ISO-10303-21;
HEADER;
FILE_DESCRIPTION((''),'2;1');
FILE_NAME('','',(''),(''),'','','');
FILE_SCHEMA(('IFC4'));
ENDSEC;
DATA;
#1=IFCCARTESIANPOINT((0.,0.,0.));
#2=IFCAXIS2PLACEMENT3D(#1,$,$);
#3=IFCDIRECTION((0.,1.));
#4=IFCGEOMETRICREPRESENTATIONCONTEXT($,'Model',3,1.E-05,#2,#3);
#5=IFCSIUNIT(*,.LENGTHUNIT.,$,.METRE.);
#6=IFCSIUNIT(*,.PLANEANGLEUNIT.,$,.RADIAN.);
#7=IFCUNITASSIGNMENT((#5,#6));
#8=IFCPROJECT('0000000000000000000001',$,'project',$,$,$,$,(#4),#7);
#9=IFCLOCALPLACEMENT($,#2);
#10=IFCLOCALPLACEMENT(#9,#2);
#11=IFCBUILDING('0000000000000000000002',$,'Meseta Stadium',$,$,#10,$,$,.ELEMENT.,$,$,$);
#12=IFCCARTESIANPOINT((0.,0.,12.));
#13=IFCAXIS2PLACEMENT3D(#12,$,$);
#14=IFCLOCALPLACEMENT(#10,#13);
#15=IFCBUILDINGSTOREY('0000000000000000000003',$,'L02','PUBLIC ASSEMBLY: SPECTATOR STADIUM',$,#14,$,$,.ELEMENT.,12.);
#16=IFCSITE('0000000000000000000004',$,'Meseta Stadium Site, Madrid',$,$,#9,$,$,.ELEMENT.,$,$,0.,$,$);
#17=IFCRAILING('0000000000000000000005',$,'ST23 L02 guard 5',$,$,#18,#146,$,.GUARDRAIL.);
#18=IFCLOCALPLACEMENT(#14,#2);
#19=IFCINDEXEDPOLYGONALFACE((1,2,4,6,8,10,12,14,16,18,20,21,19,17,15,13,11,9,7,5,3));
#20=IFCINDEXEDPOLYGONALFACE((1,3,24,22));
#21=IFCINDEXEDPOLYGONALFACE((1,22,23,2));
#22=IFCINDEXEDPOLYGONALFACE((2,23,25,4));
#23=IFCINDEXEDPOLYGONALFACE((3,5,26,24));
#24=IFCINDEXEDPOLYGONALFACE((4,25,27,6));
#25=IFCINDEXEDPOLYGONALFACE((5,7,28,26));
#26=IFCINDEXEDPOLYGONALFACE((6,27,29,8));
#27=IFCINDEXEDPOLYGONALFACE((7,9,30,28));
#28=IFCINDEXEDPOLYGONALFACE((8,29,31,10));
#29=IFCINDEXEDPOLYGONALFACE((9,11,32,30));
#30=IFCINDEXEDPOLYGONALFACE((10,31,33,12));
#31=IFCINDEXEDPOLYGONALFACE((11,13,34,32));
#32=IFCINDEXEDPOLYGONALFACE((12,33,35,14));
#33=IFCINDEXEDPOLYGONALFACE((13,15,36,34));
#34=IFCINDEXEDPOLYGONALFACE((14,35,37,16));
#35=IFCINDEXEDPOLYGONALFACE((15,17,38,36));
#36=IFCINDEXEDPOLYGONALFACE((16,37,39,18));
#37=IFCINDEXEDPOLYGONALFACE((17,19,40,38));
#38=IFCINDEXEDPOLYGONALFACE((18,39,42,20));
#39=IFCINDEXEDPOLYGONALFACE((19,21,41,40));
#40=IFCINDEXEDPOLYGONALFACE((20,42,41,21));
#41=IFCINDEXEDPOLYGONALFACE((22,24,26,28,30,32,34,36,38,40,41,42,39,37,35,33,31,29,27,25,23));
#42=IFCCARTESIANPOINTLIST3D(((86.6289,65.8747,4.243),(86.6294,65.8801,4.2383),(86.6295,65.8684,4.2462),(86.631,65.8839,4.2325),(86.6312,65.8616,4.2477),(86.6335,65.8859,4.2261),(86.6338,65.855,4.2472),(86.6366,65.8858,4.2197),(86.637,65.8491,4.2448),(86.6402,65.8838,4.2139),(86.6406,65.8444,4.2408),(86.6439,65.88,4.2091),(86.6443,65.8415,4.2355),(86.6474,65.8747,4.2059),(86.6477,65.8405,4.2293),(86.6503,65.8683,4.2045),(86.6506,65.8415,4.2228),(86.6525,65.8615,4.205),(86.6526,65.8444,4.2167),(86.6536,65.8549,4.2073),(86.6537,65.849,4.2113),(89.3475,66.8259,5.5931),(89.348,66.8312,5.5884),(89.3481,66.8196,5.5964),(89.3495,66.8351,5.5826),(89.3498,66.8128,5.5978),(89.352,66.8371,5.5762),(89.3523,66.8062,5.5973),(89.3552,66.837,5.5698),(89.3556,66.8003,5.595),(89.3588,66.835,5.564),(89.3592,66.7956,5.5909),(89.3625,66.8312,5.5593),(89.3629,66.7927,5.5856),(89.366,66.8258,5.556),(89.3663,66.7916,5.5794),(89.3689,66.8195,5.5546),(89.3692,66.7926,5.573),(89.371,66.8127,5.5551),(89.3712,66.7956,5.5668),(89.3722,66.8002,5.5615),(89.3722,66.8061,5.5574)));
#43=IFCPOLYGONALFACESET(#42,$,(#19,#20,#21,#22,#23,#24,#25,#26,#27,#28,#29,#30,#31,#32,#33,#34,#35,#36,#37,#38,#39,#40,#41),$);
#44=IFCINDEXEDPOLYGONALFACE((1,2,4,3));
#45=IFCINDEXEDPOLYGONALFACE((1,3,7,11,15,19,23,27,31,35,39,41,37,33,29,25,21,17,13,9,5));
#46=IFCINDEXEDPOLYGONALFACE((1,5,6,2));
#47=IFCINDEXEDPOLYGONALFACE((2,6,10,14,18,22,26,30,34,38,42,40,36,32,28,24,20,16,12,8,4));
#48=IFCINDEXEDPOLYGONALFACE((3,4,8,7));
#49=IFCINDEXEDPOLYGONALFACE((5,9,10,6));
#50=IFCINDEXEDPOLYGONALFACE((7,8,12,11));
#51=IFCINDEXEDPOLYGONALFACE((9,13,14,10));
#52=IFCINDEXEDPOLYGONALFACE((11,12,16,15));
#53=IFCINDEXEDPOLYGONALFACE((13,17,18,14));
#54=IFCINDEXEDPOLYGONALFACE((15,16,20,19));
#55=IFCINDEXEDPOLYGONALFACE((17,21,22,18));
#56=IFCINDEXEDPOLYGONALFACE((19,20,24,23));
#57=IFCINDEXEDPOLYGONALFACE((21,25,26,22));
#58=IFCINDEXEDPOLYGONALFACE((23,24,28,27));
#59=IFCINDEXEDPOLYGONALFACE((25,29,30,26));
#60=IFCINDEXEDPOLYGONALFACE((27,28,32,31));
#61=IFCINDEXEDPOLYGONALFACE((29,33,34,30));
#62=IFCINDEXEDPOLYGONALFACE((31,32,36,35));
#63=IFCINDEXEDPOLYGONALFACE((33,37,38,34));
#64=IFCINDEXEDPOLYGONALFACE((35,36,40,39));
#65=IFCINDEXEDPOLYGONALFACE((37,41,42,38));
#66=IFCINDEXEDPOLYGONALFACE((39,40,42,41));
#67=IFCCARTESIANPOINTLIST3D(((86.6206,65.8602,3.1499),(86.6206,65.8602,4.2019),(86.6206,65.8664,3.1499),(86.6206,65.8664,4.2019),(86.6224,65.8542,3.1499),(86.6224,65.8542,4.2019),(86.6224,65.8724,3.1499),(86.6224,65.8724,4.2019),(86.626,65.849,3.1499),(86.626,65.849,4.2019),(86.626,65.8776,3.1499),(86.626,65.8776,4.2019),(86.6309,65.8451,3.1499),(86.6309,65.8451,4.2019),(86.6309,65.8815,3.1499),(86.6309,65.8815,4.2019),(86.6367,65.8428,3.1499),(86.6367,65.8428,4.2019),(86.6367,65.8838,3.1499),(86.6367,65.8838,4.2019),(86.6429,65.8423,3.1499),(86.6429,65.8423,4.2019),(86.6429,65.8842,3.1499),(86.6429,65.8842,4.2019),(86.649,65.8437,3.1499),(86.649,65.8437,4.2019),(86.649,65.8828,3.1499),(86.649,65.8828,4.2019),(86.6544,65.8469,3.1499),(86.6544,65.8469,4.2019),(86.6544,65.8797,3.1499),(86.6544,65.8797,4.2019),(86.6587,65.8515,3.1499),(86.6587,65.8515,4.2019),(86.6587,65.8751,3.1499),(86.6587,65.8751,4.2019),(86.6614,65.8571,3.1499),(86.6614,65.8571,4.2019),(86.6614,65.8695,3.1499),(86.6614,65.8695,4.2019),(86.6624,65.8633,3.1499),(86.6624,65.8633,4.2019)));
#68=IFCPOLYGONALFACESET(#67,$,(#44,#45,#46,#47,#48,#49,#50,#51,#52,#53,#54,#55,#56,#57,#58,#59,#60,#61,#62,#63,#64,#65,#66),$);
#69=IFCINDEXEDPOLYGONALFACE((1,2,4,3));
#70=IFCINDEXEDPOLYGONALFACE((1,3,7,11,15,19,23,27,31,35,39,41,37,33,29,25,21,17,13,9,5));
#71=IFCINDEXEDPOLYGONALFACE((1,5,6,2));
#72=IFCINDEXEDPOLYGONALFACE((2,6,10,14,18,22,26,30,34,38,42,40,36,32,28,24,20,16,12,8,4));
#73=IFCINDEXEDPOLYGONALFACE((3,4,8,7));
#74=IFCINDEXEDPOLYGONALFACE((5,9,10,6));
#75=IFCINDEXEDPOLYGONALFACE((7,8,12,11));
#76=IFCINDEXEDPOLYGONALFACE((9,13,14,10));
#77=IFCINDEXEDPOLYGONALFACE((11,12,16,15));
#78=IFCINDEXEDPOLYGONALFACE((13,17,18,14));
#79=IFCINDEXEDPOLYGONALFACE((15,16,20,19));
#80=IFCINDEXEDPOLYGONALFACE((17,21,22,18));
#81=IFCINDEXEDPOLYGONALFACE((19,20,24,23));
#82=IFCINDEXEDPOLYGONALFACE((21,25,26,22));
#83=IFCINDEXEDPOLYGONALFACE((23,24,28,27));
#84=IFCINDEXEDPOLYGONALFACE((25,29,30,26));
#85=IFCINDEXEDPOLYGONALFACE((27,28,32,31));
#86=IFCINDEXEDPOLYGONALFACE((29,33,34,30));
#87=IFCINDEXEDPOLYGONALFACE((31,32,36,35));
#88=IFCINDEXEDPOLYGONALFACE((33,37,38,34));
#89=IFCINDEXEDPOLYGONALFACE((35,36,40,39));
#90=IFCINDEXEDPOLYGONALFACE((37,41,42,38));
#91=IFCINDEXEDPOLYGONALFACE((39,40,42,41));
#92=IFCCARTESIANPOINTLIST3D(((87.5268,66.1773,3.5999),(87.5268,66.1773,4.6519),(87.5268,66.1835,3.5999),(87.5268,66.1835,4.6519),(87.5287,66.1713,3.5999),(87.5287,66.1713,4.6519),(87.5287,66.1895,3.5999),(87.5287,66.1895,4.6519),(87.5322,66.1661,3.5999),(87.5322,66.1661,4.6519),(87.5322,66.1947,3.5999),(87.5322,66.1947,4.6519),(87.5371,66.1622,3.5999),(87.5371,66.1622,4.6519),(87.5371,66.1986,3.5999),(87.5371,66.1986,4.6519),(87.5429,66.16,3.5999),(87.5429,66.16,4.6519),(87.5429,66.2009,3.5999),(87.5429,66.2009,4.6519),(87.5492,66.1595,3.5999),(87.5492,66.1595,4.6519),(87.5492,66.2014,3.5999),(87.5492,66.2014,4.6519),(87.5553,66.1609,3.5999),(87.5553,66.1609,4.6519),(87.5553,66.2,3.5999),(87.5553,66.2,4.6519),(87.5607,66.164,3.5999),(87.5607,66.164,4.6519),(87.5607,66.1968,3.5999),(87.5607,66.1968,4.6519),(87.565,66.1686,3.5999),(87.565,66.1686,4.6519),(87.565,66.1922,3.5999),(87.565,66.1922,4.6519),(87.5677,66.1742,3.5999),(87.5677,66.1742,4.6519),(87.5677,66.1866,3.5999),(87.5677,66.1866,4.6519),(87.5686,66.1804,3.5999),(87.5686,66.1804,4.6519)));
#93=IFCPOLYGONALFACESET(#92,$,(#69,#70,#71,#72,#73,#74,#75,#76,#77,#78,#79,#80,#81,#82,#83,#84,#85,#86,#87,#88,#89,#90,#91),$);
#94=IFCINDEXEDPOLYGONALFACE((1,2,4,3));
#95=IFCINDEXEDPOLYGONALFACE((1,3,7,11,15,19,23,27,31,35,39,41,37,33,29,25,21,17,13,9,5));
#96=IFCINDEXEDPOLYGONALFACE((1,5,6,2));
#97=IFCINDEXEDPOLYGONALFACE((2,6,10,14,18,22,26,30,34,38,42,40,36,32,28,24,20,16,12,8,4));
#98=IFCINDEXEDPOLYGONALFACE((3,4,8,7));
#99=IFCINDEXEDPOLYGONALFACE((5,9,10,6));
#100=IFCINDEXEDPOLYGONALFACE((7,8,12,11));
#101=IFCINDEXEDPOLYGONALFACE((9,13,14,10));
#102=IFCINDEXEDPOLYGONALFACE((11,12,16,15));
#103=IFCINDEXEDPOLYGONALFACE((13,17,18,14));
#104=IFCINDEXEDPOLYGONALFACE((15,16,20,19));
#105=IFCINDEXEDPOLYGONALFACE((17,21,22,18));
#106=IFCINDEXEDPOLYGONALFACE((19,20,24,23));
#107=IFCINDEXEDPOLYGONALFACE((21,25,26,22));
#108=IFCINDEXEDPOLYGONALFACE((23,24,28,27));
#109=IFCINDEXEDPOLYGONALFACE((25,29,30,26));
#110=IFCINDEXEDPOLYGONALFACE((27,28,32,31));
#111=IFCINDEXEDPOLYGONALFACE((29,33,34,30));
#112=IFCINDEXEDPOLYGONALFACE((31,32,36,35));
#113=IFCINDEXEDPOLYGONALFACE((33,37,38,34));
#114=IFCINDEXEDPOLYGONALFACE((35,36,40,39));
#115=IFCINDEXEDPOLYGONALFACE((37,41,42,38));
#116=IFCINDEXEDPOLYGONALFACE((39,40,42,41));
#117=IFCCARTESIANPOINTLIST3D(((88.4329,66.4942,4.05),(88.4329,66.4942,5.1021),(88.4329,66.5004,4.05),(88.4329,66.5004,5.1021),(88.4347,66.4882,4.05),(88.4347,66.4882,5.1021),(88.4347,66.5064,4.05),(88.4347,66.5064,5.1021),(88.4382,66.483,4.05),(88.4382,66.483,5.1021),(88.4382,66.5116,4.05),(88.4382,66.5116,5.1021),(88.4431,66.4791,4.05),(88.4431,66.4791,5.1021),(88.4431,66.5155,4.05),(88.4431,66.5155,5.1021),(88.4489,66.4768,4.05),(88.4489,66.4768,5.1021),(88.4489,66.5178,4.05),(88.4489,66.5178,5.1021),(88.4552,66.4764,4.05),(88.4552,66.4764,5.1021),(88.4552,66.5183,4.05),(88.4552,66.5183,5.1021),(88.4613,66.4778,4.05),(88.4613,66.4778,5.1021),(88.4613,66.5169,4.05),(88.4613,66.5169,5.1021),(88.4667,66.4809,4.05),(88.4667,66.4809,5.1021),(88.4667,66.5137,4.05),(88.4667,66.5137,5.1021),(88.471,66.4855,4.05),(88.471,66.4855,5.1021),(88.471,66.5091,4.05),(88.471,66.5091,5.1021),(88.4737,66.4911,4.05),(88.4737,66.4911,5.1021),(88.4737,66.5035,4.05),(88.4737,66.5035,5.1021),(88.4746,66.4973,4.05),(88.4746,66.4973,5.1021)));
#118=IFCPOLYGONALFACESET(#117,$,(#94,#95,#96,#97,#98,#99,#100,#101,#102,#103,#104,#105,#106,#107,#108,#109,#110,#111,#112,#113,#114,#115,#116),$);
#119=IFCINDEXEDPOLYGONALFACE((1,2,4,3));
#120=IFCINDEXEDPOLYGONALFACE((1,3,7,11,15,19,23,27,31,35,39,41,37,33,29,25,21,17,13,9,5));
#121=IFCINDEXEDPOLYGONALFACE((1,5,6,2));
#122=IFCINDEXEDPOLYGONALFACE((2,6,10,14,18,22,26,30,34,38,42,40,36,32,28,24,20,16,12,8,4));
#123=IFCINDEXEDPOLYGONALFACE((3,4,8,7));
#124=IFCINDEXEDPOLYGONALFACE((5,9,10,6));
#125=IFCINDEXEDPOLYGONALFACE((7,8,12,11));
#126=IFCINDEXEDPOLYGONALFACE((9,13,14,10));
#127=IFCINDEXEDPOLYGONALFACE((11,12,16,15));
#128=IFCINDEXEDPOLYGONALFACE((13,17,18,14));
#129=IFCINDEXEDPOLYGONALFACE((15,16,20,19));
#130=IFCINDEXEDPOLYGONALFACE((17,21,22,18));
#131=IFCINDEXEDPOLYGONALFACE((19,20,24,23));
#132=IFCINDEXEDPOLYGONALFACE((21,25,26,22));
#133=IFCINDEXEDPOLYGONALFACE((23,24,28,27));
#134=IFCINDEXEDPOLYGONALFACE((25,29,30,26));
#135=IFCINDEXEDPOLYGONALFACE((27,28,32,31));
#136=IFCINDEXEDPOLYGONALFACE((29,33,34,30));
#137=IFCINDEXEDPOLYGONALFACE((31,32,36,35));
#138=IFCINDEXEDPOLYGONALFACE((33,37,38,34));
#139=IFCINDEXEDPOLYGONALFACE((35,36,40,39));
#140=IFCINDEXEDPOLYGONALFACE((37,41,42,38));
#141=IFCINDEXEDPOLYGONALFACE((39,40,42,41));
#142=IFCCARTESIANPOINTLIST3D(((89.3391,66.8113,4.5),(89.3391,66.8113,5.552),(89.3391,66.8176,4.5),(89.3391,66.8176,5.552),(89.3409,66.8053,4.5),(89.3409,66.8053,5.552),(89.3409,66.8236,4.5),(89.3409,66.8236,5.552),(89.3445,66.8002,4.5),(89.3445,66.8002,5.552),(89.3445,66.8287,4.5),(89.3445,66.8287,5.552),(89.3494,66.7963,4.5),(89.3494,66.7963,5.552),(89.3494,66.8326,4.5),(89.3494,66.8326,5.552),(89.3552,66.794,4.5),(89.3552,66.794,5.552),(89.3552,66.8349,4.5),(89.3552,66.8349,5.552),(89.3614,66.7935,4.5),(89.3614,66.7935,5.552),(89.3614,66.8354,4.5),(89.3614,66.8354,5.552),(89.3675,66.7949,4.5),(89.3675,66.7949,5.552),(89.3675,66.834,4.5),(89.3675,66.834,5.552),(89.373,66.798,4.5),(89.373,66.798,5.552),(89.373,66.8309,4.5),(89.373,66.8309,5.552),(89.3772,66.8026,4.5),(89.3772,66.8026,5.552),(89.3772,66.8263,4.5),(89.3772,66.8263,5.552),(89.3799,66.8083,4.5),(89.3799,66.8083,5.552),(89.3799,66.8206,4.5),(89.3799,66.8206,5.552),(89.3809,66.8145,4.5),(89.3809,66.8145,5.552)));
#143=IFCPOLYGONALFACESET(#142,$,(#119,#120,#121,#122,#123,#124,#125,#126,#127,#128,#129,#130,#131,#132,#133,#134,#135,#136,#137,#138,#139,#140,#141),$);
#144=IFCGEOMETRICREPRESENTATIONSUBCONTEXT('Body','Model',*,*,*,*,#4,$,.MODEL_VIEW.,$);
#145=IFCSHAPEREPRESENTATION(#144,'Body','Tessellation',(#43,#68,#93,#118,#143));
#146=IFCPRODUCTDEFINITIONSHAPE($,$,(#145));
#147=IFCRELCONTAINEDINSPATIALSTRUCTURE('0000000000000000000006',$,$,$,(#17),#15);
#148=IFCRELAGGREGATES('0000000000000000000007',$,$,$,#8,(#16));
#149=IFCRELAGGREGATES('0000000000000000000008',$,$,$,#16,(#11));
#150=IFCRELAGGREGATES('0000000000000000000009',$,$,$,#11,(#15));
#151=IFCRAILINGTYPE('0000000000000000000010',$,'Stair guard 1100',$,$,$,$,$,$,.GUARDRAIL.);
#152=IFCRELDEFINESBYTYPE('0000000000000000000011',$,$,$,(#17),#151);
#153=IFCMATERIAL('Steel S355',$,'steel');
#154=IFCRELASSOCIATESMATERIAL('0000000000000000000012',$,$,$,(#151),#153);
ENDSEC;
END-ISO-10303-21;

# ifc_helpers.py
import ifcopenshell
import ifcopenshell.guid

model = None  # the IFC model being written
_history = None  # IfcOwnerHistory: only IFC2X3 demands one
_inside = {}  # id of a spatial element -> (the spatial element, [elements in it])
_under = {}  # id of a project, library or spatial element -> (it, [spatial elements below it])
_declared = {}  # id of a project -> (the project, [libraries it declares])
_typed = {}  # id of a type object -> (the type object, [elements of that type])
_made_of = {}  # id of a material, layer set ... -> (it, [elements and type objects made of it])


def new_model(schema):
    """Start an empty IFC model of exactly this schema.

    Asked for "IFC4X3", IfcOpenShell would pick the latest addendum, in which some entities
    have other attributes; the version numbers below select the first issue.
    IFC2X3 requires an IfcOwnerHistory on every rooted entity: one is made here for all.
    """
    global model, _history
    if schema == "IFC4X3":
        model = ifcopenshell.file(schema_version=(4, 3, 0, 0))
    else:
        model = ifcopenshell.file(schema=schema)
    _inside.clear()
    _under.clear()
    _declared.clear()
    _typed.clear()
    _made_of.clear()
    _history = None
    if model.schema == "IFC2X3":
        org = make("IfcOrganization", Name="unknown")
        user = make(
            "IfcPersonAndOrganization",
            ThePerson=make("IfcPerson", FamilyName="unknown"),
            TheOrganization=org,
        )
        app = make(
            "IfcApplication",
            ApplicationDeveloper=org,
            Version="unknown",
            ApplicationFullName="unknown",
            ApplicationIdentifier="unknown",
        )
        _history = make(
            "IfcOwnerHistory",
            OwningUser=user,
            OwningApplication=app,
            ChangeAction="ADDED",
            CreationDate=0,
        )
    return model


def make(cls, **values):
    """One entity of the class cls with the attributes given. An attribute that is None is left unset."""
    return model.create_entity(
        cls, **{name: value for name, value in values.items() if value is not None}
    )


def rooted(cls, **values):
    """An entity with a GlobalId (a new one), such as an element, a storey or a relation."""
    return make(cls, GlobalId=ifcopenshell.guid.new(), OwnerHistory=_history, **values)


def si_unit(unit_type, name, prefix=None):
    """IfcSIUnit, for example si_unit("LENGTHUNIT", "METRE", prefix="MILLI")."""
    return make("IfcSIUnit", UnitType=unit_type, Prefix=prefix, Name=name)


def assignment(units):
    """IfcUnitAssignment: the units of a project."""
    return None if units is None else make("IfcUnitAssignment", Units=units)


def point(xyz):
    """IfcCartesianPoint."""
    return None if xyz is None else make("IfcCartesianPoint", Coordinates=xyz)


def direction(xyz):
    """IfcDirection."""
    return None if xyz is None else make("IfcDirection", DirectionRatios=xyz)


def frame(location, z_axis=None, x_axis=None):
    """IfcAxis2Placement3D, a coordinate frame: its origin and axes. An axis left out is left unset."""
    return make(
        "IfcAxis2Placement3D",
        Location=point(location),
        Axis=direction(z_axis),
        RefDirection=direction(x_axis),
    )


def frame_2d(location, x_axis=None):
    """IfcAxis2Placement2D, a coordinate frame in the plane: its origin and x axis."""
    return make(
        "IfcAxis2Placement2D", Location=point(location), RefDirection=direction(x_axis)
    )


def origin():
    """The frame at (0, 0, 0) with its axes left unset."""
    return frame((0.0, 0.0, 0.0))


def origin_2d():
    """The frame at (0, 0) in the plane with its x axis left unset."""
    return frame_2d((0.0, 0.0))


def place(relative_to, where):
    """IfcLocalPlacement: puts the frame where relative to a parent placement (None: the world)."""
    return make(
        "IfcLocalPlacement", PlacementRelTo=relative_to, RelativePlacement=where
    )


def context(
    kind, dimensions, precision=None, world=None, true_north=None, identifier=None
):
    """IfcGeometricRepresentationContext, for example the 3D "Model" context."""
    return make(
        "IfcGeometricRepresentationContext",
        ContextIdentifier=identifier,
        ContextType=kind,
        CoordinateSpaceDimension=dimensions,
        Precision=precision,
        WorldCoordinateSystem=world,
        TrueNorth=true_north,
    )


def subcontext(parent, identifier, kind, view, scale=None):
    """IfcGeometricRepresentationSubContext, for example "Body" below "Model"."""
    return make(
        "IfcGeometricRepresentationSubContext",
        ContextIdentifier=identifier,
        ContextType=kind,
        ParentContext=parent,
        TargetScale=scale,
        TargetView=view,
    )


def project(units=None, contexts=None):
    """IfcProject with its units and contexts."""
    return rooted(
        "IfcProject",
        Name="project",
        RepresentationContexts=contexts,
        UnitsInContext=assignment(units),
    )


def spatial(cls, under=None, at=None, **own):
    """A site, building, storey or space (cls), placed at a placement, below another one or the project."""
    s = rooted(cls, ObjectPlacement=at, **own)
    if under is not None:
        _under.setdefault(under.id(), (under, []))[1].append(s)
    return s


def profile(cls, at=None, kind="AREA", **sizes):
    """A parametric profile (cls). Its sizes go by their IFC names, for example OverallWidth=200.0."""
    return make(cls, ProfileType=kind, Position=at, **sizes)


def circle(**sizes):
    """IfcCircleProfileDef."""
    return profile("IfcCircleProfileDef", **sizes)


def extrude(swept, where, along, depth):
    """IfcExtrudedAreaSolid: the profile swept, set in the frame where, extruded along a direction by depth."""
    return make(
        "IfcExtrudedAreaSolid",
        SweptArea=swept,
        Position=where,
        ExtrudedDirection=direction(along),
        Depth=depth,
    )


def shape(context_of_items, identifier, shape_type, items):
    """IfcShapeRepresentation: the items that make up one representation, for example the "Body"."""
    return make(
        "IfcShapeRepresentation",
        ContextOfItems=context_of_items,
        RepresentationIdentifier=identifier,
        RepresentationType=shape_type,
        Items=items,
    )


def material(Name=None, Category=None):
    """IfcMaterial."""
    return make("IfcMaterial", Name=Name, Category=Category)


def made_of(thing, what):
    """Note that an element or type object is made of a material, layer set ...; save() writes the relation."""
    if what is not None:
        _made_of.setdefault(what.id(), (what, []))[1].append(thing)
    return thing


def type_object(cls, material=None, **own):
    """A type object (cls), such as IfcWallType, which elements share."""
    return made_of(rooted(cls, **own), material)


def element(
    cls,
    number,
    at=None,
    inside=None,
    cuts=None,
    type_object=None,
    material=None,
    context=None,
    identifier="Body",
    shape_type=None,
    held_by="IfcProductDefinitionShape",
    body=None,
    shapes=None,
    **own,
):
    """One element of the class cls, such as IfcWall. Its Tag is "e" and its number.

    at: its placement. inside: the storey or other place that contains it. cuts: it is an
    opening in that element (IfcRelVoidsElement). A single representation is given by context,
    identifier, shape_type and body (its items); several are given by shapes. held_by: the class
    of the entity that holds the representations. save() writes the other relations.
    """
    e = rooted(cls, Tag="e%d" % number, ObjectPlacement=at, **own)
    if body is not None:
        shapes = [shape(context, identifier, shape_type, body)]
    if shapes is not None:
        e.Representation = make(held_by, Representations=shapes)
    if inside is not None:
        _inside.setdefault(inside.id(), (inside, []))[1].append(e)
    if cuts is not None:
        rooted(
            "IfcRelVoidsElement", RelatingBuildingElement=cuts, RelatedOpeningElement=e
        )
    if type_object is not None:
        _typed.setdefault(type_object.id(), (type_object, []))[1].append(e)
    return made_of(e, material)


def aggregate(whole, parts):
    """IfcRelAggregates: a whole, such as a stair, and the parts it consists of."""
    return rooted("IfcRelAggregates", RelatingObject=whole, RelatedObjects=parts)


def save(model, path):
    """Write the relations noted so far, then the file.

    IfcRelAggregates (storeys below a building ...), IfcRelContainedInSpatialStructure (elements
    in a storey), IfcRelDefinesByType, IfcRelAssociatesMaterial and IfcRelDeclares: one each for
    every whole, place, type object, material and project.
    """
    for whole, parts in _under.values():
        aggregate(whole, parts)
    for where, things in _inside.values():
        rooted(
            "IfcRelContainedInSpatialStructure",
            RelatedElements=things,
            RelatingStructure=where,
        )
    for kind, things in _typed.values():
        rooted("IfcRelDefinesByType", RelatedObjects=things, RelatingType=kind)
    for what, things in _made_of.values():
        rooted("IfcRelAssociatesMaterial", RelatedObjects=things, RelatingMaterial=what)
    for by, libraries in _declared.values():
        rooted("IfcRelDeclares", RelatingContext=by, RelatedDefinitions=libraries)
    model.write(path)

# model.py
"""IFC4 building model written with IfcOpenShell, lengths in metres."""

from ifc_helpers import new_model, si_unit, direction, frame, origin, origin_2d, place, context, subcontext, project, spatial, circle, extrude, material, type_object, element, save


model = new_model("IFC4")

# Units and contexts
model_context = context("Model", 3, precision=1e-05, world=origin(), true_north=direction((0.0, 1.0)))
body_context = subcontext(model_context, "Body", "Model", "MODEL_VIEW")
ifc_project = project(units=[si_unit("LENGTHUNIT", "METRE"), si_unit("PLANEANGLEUNIT", "RADIAN")], contexts=[model_context])

# Site, building, storey
site_placement = place(None, origin())
site = spatial("IfcSite", under=ifc_project, at=site_placement, Name="Meseta Stadium Site, Madrid", CompositionType="ELEMENT", RefElevation=0.0)
building_placement = place(site_placement, origin())
building = spatial("IfcBuilding", under=site, at=building_placement, Name="Meseta Stadium", CompositionType="ELEMENT")
storey_placement = place(building_placement, frame((0.0, 0.0, 12.0)))
storey = spatial("IfcBuildingStorey", under=building, at=storey_placement, Name="L02", Description="PUBLIC ASSEMBLY: SPECTATOR STADIUM", CompositionType="ELEMENT", Elevation=12.0)

# Railing
ifc_material_1 = material(Name="Steel S355", Category="steel")
railing_type_1 = type_object("IfcRailingType", Name="Stair guard 1100", PredefinedType="GUARDRAIL", material=ifc_material_1)
railing_1_placement = place(storey_placement, frame((86.6414, 65.8633, 3.1499)))
element("IfcRailing", 1, at=railing_1_placement, inside=storey, type_object=railing_type_1, Name="ST23 L02 guard 5", PredefinedType="GUARDRAIL", context=body_context, shape_type="SweptSolid", body=[
    extrude(circle(Radius=0.0239, at=origin_2d()), frame((0.0, 0.0, 1.0762), z_axis=(0.854649, 0.299031, 0.424446), x_axis=(-0.330256, 0.943891, 0.0)), (0.0, 0.0, 1.0), 3.1809),
    extrude(circle(Radius=0.021, at=origin_2d()), origin(), (0.0, 0.0, 1.0), 1.052),
    extrude(circle(Radius=0.021, at=origin_2d()), frame((0.9062, 0.3171, 0.45)), (0.0, 0.0, 1.0), 1.052),
    extrude(circle(Radius=0.021, at=origin_2d()), frame((1.8123, 0.634, 0.9001)), (0.0, 0.0, 1.0), 1.052),
    extrude(circle(Radius=0.021, at=origin_2d()), frame((2.7185, 0.9512, 1.3501)), (0.0, 0.0, 1.0), 1.052),
])

save(model, "model.ifc")
